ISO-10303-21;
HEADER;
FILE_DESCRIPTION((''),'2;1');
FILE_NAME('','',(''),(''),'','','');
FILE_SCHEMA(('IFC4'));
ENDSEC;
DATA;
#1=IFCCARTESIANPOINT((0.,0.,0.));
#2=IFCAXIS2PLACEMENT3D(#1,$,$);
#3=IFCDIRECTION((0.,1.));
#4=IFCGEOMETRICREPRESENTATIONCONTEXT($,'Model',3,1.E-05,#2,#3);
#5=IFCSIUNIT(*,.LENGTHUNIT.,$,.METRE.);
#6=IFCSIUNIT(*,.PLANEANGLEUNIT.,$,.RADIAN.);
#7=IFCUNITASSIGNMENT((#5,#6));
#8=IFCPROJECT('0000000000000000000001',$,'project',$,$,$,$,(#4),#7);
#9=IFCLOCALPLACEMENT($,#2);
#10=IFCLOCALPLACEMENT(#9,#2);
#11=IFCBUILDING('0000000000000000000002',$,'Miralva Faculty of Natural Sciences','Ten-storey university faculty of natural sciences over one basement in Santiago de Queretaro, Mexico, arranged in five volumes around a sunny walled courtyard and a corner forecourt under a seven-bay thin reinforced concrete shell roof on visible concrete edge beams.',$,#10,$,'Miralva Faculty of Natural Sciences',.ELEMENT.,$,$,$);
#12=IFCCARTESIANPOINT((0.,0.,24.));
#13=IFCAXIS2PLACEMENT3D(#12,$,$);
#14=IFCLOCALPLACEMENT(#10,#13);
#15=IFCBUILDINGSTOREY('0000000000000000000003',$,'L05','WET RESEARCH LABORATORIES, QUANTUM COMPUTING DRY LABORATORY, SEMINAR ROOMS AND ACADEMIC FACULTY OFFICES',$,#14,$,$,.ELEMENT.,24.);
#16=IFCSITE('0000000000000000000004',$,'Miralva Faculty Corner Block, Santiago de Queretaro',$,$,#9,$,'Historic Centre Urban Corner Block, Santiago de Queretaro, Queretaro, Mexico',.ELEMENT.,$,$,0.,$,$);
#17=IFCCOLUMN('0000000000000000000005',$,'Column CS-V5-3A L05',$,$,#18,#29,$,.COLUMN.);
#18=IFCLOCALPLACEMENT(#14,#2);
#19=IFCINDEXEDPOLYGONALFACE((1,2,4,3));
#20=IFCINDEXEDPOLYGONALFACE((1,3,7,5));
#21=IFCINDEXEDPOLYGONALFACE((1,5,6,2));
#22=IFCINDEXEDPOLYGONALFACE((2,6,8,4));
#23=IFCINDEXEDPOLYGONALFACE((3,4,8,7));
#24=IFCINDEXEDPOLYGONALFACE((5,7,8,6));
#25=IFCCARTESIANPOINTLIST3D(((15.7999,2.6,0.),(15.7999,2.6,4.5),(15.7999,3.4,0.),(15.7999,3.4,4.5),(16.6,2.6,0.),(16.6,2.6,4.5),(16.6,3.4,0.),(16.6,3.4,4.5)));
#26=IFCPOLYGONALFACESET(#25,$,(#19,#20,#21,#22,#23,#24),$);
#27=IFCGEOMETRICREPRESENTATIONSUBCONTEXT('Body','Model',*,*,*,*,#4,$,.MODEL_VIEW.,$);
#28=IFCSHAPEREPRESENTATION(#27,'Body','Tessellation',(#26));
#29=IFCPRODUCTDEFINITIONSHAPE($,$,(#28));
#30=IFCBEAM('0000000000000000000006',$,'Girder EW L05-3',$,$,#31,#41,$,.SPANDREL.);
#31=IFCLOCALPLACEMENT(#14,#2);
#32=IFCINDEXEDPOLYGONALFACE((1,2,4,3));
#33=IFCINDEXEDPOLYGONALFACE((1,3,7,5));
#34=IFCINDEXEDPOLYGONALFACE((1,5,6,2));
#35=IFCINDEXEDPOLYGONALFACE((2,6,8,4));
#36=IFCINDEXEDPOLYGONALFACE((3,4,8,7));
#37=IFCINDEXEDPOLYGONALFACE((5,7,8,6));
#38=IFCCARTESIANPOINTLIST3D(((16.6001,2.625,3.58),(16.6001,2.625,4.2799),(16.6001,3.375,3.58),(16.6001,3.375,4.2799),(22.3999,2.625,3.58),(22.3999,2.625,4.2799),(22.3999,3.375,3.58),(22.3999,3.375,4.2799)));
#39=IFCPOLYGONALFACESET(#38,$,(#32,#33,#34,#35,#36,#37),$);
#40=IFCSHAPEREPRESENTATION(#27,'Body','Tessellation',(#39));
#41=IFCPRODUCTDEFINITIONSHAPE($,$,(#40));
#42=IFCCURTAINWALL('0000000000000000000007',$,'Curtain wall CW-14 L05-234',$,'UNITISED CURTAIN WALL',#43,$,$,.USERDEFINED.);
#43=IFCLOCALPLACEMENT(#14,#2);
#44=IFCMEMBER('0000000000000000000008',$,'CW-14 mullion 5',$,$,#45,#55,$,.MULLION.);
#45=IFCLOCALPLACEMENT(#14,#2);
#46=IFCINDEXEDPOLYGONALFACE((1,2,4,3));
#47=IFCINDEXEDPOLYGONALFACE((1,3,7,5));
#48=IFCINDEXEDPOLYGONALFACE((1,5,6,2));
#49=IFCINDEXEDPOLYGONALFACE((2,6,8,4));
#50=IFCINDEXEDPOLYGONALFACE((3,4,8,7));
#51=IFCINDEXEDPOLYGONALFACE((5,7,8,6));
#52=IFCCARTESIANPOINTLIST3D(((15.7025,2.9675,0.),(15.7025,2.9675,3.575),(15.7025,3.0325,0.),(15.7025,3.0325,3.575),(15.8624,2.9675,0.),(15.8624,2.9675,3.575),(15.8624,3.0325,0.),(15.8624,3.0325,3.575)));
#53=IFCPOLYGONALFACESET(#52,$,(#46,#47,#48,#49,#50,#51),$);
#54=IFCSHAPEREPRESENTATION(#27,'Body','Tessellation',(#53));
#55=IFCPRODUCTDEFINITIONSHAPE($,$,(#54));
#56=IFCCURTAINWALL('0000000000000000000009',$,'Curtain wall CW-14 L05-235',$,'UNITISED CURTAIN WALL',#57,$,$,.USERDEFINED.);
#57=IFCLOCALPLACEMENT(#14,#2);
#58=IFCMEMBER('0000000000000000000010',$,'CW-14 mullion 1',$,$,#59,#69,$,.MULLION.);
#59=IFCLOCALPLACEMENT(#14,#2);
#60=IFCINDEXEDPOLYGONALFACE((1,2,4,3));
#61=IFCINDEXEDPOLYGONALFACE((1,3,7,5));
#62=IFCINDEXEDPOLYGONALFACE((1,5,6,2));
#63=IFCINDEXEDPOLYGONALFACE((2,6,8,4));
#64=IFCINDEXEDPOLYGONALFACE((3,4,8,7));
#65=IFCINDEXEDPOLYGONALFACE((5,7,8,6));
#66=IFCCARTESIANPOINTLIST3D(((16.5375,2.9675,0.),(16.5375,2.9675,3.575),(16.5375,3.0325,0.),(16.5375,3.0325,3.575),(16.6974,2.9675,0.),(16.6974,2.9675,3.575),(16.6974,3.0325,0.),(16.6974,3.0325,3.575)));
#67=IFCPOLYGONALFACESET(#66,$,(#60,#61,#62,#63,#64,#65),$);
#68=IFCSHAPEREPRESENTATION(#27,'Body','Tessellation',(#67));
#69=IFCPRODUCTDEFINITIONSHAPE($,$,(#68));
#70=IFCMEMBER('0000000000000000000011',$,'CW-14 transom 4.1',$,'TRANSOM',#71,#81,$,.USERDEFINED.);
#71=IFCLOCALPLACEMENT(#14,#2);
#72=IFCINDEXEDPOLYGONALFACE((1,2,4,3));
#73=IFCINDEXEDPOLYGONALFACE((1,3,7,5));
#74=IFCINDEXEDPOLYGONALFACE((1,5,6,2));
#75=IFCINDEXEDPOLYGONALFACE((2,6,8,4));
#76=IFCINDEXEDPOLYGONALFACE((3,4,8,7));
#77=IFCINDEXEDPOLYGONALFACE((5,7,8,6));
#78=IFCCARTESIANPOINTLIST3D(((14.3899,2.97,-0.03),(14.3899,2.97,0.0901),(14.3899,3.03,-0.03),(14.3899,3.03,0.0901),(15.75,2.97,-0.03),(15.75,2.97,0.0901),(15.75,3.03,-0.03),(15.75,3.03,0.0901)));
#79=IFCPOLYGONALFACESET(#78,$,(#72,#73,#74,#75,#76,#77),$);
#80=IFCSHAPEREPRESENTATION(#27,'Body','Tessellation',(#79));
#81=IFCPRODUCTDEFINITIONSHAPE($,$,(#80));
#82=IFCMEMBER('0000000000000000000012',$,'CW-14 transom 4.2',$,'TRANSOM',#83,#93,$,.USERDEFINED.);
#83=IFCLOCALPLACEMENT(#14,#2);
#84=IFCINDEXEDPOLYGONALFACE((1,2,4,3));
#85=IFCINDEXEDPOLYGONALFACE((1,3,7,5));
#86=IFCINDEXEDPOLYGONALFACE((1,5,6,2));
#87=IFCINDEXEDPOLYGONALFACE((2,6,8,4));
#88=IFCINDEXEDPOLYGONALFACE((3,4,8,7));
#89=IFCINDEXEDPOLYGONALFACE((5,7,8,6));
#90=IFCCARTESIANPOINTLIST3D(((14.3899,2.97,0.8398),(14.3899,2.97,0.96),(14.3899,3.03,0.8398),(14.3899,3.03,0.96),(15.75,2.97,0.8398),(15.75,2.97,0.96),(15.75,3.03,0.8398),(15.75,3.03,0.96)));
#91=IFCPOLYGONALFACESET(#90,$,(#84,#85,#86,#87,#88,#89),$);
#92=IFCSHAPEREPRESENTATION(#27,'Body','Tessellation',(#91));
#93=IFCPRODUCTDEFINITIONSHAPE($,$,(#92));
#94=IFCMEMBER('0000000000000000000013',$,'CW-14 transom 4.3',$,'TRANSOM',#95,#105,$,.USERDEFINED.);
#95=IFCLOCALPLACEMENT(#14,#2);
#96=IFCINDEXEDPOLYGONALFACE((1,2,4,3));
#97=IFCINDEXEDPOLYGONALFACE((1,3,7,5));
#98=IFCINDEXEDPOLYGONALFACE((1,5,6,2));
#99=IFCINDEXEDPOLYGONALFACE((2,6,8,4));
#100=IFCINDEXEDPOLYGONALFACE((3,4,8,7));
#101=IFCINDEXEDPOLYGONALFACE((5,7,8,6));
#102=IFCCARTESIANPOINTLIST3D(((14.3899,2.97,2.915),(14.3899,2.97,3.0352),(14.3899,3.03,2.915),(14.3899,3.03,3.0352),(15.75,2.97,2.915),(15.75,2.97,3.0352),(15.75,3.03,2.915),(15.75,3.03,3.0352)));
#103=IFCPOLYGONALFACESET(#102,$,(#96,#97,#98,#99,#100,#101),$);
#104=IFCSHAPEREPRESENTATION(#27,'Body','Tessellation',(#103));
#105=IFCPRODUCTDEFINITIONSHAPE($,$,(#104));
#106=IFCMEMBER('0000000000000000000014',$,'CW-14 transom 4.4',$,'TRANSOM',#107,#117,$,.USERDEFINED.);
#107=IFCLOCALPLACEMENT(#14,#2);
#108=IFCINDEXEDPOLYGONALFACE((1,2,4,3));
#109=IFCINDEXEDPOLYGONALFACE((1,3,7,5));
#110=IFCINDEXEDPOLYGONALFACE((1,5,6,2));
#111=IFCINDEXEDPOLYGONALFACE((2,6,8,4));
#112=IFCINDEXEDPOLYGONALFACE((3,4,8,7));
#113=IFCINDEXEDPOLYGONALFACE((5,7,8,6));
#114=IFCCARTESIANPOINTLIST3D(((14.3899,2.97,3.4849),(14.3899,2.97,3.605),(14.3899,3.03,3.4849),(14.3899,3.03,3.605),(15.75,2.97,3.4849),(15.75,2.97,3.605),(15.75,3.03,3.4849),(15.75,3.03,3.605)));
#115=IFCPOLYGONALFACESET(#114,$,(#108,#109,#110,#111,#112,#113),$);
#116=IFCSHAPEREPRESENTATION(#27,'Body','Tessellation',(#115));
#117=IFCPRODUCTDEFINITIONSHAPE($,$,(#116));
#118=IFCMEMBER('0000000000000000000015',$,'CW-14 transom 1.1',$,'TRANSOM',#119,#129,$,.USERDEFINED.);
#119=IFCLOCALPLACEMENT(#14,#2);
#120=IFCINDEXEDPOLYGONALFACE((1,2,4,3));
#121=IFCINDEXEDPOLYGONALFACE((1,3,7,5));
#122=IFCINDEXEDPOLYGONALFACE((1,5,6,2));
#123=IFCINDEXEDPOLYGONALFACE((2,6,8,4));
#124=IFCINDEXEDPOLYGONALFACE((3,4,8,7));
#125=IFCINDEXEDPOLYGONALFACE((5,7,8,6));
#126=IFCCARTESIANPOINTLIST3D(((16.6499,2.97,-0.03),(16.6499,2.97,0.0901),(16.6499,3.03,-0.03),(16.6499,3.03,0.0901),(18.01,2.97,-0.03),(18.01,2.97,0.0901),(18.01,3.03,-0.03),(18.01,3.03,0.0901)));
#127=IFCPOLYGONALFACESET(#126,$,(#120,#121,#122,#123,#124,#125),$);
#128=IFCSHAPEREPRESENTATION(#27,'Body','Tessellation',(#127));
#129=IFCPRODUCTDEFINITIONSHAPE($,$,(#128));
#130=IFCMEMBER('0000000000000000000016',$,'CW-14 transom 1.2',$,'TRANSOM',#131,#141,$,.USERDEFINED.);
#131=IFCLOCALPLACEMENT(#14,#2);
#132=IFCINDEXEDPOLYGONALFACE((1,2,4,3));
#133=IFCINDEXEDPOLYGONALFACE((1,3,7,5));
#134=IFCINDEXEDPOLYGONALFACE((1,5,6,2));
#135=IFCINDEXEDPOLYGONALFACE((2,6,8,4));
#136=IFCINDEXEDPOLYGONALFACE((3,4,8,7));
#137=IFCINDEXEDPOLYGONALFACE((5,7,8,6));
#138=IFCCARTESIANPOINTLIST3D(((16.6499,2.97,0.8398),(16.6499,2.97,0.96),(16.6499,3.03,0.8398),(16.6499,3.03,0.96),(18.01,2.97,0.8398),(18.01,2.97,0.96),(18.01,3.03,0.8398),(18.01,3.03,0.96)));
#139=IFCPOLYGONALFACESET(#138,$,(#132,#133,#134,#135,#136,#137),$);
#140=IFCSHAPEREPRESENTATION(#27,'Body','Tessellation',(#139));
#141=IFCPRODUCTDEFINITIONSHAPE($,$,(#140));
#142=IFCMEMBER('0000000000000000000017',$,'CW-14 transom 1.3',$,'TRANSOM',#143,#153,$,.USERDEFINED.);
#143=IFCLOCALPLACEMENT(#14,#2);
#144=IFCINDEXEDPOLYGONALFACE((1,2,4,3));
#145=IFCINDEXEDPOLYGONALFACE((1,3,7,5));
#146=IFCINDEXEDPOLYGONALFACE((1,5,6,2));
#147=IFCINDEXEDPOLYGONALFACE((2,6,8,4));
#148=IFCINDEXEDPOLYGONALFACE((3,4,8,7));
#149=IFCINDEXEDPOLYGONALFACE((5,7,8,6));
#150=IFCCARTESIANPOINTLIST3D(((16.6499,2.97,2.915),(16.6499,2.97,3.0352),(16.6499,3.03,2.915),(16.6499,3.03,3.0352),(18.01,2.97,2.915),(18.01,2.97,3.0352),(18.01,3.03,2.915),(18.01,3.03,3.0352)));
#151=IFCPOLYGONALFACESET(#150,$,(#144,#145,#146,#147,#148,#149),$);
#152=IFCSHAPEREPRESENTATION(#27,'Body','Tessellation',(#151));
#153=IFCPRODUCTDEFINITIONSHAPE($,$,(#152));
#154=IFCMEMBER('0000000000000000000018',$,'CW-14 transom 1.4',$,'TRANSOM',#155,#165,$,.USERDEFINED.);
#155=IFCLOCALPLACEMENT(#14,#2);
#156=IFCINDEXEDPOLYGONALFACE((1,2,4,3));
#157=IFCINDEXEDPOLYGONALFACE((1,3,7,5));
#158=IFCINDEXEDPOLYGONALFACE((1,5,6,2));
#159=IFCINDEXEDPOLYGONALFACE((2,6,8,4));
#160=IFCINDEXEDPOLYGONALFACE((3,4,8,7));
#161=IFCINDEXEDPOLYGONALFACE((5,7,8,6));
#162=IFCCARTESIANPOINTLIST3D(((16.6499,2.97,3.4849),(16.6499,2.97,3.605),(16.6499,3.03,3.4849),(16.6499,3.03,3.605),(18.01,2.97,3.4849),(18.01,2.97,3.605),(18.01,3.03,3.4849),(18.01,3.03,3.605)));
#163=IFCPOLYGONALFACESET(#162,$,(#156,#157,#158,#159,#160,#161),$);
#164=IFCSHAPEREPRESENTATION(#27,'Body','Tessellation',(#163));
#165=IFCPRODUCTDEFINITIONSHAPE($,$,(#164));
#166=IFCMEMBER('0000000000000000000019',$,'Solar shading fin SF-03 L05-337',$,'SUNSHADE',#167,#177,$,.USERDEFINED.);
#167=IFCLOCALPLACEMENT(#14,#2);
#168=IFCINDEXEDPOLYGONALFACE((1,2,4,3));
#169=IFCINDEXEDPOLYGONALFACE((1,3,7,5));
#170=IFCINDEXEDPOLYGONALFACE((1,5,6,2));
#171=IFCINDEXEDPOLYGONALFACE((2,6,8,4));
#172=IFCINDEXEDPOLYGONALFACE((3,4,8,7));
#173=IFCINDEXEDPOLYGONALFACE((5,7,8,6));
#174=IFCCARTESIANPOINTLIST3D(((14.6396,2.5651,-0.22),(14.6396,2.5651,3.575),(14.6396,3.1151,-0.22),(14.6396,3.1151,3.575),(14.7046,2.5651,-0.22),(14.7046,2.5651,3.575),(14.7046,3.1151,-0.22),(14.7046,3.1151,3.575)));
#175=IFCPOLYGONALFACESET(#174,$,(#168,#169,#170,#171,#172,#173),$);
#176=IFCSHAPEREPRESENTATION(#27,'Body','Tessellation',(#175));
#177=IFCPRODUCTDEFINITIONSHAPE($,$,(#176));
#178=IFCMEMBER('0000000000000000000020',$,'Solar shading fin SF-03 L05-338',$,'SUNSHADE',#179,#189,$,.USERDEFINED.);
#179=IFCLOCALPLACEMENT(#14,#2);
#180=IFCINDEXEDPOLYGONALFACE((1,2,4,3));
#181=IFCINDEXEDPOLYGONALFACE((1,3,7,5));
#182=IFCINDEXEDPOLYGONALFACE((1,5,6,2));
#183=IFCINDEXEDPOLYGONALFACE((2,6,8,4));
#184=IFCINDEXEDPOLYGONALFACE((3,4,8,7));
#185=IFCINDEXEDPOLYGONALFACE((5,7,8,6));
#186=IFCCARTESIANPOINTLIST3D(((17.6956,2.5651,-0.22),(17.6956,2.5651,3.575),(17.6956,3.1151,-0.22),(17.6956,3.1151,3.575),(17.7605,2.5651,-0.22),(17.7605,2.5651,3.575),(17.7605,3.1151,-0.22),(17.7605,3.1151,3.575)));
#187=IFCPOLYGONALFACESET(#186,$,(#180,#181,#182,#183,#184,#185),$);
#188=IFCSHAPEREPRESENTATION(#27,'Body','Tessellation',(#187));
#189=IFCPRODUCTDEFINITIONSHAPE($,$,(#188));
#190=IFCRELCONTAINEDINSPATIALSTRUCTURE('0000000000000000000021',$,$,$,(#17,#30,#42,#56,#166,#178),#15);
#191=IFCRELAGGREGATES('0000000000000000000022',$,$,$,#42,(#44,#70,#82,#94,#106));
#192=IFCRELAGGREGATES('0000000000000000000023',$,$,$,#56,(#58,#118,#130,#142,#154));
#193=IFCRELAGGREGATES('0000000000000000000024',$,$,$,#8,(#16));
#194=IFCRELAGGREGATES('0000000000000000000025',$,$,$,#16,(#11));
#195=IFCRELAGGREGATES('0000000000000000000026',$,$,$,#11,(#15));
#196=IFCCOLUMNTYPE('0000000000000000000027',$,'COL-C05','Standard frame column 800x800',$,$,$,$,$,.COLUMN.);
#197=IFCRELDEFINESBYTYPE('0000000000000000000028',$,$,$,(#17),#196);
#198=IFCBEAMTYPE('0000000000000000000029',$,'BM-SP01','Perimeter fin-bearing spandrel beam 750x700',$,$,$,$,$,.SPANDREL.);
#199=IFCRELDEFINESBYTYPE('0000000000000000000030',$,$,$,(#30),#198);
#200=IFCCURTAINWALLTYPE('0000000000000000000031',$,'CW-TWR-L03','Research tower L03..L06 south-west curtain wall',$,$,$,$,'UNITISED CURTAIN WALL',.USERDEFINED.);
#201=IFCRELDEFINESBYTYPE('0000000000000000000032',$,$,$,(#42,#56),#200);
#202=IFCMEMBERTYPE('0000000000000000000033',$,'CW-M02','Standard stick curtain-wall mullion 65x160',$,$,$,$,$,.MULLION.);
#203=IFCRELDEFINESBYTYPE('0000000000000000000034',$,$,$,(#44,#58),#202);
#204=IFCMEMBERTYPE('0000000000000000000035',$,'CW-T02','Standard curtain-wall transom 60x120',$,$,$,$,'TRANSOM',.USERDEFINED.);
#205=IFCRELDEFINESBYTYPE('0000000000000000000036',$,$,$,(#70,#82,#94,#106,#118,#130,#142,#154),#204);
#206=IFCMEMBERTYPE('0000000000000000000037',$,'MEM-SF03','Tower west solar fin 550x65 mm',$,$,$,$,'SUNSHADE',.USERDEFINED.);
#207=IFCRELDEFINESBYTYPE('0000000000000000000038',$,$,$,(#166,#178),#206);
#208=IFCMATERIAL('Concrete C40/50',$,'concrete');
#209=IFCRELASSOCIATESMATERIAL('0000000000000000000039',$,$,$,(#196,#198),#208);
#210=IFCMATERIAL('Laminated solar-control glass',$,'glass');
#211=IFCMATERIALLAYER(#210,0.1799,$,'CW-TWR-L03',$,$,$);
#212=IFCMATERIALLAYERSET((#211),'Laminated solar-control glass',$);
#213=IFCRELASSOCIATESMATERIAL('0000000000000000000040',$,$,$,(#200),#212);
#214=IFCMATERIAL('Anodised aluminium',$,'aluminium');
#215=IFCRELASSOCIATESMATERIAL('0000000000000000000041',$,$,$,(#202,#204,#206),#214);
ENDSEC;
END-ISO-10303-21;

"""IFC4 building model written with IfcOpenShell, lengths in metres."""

from ifc_helpers import new_model, si_unit, direction, frame, origin, origin_2d, place, context, subcontext, project, spatial, rectangle, extrude, material, layer, layer_set, material_profile, profile_set, type_object, element, aggregate, save


model = new_model("IFC4")

# Units and contexts
model_context = context("Model", 3, precision=1e-05, world=origin(), true_north=direction((0.0, 1.0)))
body_context = subcontext(model_context, "Body", "Model", "MODEL_VIEW")
ifc_project = project(units=[si_unit("LENGTHUNIT", "METRE"), si_unit("PLANEANGLEUNIT", "RADIAN")], contexts=[model_context])

# Site, building, storey
site_placement = place(None, origin())
site = spatial("IfcSite", under=ifc_project, at=site_placement, Name="Miralva Faculty Corner Block, Santiago de Queretaro", LongName="Historic Centre Urban Corner Block, Santiago de Queretaro, Queretaro, Mexico", CompositionType="ELEMENT", RefElevation=0.0)
building_placement = place(site_placement, origin())
building = spatial("IfcBuilding", under=site, at=building_placement, Name="Miralva Faculty of Natural Sciences", Description="Ten-storey university faculty of natural sciences over one basement in Santiago de Queretaro, Mexico, arranged in five volumes around a sunny walled courtyard and a corner forecourt under a seven-bay thin reinforced concrete shell roof on visible concrete edge beams.", LongName="Miralva Faculty of Natural Sciences", CompositionType="ELEMENT")
storey_placement = place(building_placement, frame((0.0, 0.0, 24.0)))
storey = spatial("IfcBuildingStorey", under=building, at=storey_placement, Name="L05", Description="WET RESEARCH LABORATORIES, QUANTUM COMPUTING DRY LABORATORY, SEMINAR ROOMS AND ACADEMIC FACULTY OFFICES", CompositionType="ELEMENT", Elevation=24.0)

# Column
ifc_material_1 = material(Name="Concrete C40/50", Category="concrete")
ifc_material_profile_1 = material_profile(ifc_material_1, rectangle(XDim=0.8, YDim=0.8, at=origin_2d()), Name="RC 800x800")
ifc_profile_set_1 = profile_set([ifc_material_profile_1], Name="Concrete C40/50")
column_type = type_object("IfcColumnType", Name="COL-C05", Description="Standard frame column 800x800", PredefinedType="COLUMN", material=ifc_profile_set_1)
column_placement = place(storey_placement, frame((16.2, 3.0, 0.0), z_axis=(0.0, 0.0, 1.0), x_axis=(1.0, 0.0, 0.0)))
element("IfcColumn", 1, at=column_placement, inside=storey, type_object=column_type, Name="Column CS-V5-3A L05", PredefinedType="COLUMN", context=body_context, shape_type="SweptSolid", body=[
    extrude(rectangle(XDim=0.8, YDim=0.8, at=origin_2d()), origin(), (0.0, 0.0, 1.0), 4.5),
])

# Beam
ifc_material_profile_2 = material_profile(ifc_material_1, rectangle(XDim=0.75, YDim=0.7, at=origin_2d()), Name="RC 750x700")
ifc_profile_set_2 = profile_set([ifc_material_profile_2], Name="Concrete C40/50")
beam_type = type_object("IfcBeamType", Name="BM-SP01", Description="Perimeter fin-bearing spandrel beam 750x700", PredefinedType="SPANDREL", material=ifc_profile_set_2)
beam_placement = place(storey_placement, frame((16.6001, 3.0, 3.9299), z_axis=(1.0, 0.0, 0.0), x_axis=(0.0, 1.0, 0.0)))
element("IfcBeam", 2, at=beam_placement, inside=storey, type_object=beam_type, Name="Girder EW L05-3", PredefinedType="SPANDREL", context=body_context, shape_type="SweptSolid", body=[
    extrude(rectangle(XDim=0.75, YDim=0.7, at=origin_2d()), origin(), (0.0, 0.0, 1.0), 5.7998),
])

# Curtain walls, members
ifc_material_2 = material(Name="Laminated solar-control glass", Category="glass")
ifc_layer_1 = layer(ifc_material_2, 0.1799, Name="CW-TWR-L03")
ifc_layer_set_1 = layer_set([ifc_layer_1], Name="Laminated solar-control glass")
curtain_wall_type = type_object("IfcCurtainWallType", Name="CW-TWR-L03", Description="Research tower L03..L06 south-west curtain wall", ElementType="UNITISED CURTAIN WALL", PredefinedType="USERDEFINED", material=ifc_layer_set_1)
curtain_wall_1_placement = place(storey_placement, origin())
curtain_wall_1 = element("IfcCurtainWall", 3, at=curtain_wall_1_placement, inside=storey, type_object=curtain_wall_type, Name="Curtain wall CW-14 L05-234", ObjectType="UNITISED CURTAIN WALL", PredefinedType="USERDEFINED")
ifc_material_3 = material(Name="Anodised aluminium", Category="aluminium")
ifc_material_profile_3 = material_profile(ifc_material_3, rectangle(XDim=0.0649, YDim=0.1599, at=origin_2d()), Name="MULLION 65x160")
ifc_profile_set_3 = profile_set([ifc_material_profile_3], Name="Anodised aluminium")
member_type_1 = type_object("IfcMemberType", Name="CW-M02", Description="Standard stick curtain-wall mullion 65x160", PredefinedType="MULLION", material=ifc_profile_set_3)
member_1_placement = place(storey_placement, frame((15.7825, 3.0, 0.0), z_axis=(0.0, 0.0, 1.0), x_axis=(0.0, 1.0, 0.0)))
member_1 = element("IfcMember", 4, at=member_1_placement, type_object=member_type_1, Name="CW-14 mullion 5", PredefinedType="MULLION", context=body_context, shape_type="SweptSolid", body=[
    extrude(rectangle(XDim=0.0649, YDim=0.1599, at=origin_2d()), origin(), (0.0, 0.0, 1.0), 3.575),
])
curtain_wall_2_placement = place(storey_placement, origin())
curtain_wall_2 = element("IfcCurtainWall", 5, at=curtain_wall_2_placement, inside=storey, type_object=curtain_wall_type, Name="Curtain wall CW-14 L05-235", ObjectType="UNITISED CURTAIN WALL", PredefinedType="USERDEFINED")
member_2_placement = place(storey_placement, frame((16.6174, 3.0, 0.0), z_axis=(0.0, 0.0, 1.0), x_axis=(0.0, 1.0, 0.0)))
member_2 = element("IfcMember", 6, at=member_2_placement, type_object=member_type_1, Name="CW-14 mullion 1", PredefinedType="MULLION", context=body_context, shape_type="SweptSolid", body=[
    extrude(rectangle(XDim=0.0649, YDim=0.1599, at=origin_2d()), origin(), (0.0, 0.0, 1.0), 3.575),
])

# Members
ifc_material_profile_4 = material_profile(ifc_material_3, rectangle(XDim=0.0601, YDim=0.1201, at=origin_2d()), Name="TRANSOM 60x120")
ifc_profile_set_4 = profile_set([ifc_material_profile_4], Name="Anodised aluminium")
member_type_2 = type_object("IfcMemberType", Name="CW-T02", Description="Standard curtain-wall transom 60x120", ElementType="TRANSOM", PredefinedType="USERDEFINED", material=ifc_profile_set_4)
member_3_placement = place(storey_placement, frame((14.3899, 3.0, 0.03), z_axis=(1.0, 0.0, 0.0), x_axis=(0.0, 1.0, 0.0)))
member_3 = element("IfcMember", 7, at=member_3_placement, type_object=member_type_2, Name="CW-14 transom 4.1", ObjectType="TRANSOM", PredefinedType="USERDEFINED", context=body_context, shape_type="SweptSolid", body=[
    extrude(rectangle(XDim=0.0601, YDim=0.1201, at=origin_2d()), origin(), (0.0, 0.0, 1.0), 1.3601),
])
member_4_placement = place(storey_placement, frame((14.3899, 3.0, 0.8999), z_axis=(1.0, 0.0, 0.0), x_axis=(0.0, 1.0, 0.0)))
member_4 = element("IfcMember", 8, at=member_4_placement, type_object=member_type_2, Name="CW-14 transom 4.2", ObjectType="TRANSOM", PredefinedType="USERDEFINED", context=body_context, shape_type="SweptSolid", body=[
    extrude(rectangle(XDim=0.0601, YDim=0.1201, at=origin_2d()), origin(), (0.0, 0.0, 1.0), 1.3601),
])
member_5_placement = place(storey_placement, frame((14.3899, 3.0, 2.9751), z_axis=(1.0, 0.0, 0.0), x_axis=(0.0, 1.0, 0.0)))
member_5 = element("IfcMember", 9, at=member_5_placement, type_object=member_type_2, Name="CW-14 transom 4.3", ObjectType="TRANSOM", PredefinedType="USERDEFINED", context=body_context, shape_type="SweptSolid", body=[
    extrude(rectangle(XDim=0.0601, YDim=0.1201, at=origin_2d()), origin(), (0.0, 0.0, 1.0), 1.3601),
])
member_6_placement = place(storey_placement, frame((14.3899, 3.0, 3.5449), z_axis=(1.0, 0.0, 0.0), x_axis=(0.0, 1.0, 0.0)))
member_6 = element("IfcMember", 10, at=member_6_placement, type_object=member_type_2, Name="CW-14 transom 4.4", ObjectType="TRANSOM", PredefinedType="USERDEFINED", context=body_context, shape_type="SweptSolid", body=[
    extrude(rectangle(XDim=0.0601, YDim=0.1201, at=origin_2d()), origin(), (0.0, 0.0, 1.0), 1.3601),
])
member_7_placement = place(storey_placement, frame((16.6499, 3.0, 0.03), z_axis=(1.0, 0.0, 0.0), x_axis=(0.0, 1.0, 0.0)))
member_7 = element("IfcMember", 11, at=member_7_placement, type_object=member_type_2, Name="CW-14 transom 1.1", ObjectType="TRANSOM", PredefinedType="USERDEFINED", context=body_context, shape_type="SweptSolid", body=[
    extrude(rectangle(XDim=0.0601, YDim=0.1201, at=origin_2d()), origin(), (0.0, 0.0, 1.0), 1.3601),
])
member_8_placement = place(storey_placement, frame((16.6499, 3.0, 0.8999), z_axis=(1.0, 0.0, 0.0), x_axis=(0.0, 1.0, 0.0)))
member_8 = element("IfcMember", 12, at=member_8_placement, type_object=member_type_2, Name="CW-14 transom 1.2", ObjectType="TRANSOM", PredefinedType="USERDEFINED", context=body_context, shape_type="SweptSolid", body=[
    extrude(rectangle(XDim=0.0601, YDim=0.1201, at=origin_2d()), origin(), (0.0, 0.0, 1.0), 1.3601),
])
member_9_placement = place(storey_placement, frame((16.6499, 3.0, 2.9751), z_axis=(1.0, 0.0, 0.0), x_axis=(0.0, 1.0, 0.0)))
member_9 = element("IfcMember", 13, at=member_9_placement, type_object=member_type_2, Name="CW-14 transom 1.3", ObjectType="TRANSOM", PredefinedType="USERDEFINED", context=body_context, shape_type="SweptSolid", body=[
    extrude(rectangle(XDim=0.0601, YDim=0.1201, at=origin_2d()), origin(), (0.0, 0.0, 1.0), 1.3601),
])
member_10_placement = place(storey_placement, frame((16.6499, 3.0, 3.5449), z_axis=(1.0, 0.0, 0.0), x_axis=(0.0, 1.0, 0.0)))
member_10 = element("IfcMember", 14, at=member_10_placement, type_object=member_type_2, Name="CW-14 transom 1.4", ObjectType="TRANSOM", PredefinedType="USERDEFINED", context=body_context, shape_type="SweptSolid", body=[
    extrude(rectangle(XDim=0.0601, YDim=0.1201, at=origin_2d()), origin(), (0.0, 0.0, 1.0), 1.3601),
])

# Members
ifc_material_profile_5 = material_profile(ifc_material_3, rectangle(XDim=0.0649, YDim=0.55, at=origin_2d()), Name="FIN 550x65")
ifc_profile_set_5 = profile_set([ifc_material_profile_5], Name="Anodised aluminium")
member_type_3 = type_object("IfcMemberType", Name="MEM-SF03", Description="Tower west solar fin 550x65 mm", ElementType="SUNSHADE", PredefinedType="USERDEFINED", material=ifc_profile_set_5)
for number, where, z_axis, x_axis, name in (
    (15, (14.6721, 2.8401, -0.22), (0.0, 0.0, 1.0), (1.0, 0.0, 0.0), "Solar shading fin SF-03 L05-337"),
    (16, (17.728, 2.8401, -0.22), (0.0, 0.0, 1.0), (1.0, 0.0, 0.0), "Solar shading fin SF-03 L05-338"),
):
    element("IfcMember", number, at=place(storey_placement, frame(where, z_axis=z_axis, x_axis=x_axis)), inside=storey, type_object=member_type_3, Name=name, ObjectType="SUNSHADE", PredefinedType="USERDEFINED", context=body_context, shape_type="SweptSolid", body=[
        extrude(rectangle(XDim=0.0649, YDim=0.55, at=origin_2d()), origin(), (0.0, 0.0, 1.0), 3.7949),
    ])

aggregate(curtain_wall_1, [member_1, member_3, member_4, member_5, member_6])
aggregate(curtain_wall_2, [member_2, member_7, member_8, member_9, member_10])

save(model, "model.ifc")
